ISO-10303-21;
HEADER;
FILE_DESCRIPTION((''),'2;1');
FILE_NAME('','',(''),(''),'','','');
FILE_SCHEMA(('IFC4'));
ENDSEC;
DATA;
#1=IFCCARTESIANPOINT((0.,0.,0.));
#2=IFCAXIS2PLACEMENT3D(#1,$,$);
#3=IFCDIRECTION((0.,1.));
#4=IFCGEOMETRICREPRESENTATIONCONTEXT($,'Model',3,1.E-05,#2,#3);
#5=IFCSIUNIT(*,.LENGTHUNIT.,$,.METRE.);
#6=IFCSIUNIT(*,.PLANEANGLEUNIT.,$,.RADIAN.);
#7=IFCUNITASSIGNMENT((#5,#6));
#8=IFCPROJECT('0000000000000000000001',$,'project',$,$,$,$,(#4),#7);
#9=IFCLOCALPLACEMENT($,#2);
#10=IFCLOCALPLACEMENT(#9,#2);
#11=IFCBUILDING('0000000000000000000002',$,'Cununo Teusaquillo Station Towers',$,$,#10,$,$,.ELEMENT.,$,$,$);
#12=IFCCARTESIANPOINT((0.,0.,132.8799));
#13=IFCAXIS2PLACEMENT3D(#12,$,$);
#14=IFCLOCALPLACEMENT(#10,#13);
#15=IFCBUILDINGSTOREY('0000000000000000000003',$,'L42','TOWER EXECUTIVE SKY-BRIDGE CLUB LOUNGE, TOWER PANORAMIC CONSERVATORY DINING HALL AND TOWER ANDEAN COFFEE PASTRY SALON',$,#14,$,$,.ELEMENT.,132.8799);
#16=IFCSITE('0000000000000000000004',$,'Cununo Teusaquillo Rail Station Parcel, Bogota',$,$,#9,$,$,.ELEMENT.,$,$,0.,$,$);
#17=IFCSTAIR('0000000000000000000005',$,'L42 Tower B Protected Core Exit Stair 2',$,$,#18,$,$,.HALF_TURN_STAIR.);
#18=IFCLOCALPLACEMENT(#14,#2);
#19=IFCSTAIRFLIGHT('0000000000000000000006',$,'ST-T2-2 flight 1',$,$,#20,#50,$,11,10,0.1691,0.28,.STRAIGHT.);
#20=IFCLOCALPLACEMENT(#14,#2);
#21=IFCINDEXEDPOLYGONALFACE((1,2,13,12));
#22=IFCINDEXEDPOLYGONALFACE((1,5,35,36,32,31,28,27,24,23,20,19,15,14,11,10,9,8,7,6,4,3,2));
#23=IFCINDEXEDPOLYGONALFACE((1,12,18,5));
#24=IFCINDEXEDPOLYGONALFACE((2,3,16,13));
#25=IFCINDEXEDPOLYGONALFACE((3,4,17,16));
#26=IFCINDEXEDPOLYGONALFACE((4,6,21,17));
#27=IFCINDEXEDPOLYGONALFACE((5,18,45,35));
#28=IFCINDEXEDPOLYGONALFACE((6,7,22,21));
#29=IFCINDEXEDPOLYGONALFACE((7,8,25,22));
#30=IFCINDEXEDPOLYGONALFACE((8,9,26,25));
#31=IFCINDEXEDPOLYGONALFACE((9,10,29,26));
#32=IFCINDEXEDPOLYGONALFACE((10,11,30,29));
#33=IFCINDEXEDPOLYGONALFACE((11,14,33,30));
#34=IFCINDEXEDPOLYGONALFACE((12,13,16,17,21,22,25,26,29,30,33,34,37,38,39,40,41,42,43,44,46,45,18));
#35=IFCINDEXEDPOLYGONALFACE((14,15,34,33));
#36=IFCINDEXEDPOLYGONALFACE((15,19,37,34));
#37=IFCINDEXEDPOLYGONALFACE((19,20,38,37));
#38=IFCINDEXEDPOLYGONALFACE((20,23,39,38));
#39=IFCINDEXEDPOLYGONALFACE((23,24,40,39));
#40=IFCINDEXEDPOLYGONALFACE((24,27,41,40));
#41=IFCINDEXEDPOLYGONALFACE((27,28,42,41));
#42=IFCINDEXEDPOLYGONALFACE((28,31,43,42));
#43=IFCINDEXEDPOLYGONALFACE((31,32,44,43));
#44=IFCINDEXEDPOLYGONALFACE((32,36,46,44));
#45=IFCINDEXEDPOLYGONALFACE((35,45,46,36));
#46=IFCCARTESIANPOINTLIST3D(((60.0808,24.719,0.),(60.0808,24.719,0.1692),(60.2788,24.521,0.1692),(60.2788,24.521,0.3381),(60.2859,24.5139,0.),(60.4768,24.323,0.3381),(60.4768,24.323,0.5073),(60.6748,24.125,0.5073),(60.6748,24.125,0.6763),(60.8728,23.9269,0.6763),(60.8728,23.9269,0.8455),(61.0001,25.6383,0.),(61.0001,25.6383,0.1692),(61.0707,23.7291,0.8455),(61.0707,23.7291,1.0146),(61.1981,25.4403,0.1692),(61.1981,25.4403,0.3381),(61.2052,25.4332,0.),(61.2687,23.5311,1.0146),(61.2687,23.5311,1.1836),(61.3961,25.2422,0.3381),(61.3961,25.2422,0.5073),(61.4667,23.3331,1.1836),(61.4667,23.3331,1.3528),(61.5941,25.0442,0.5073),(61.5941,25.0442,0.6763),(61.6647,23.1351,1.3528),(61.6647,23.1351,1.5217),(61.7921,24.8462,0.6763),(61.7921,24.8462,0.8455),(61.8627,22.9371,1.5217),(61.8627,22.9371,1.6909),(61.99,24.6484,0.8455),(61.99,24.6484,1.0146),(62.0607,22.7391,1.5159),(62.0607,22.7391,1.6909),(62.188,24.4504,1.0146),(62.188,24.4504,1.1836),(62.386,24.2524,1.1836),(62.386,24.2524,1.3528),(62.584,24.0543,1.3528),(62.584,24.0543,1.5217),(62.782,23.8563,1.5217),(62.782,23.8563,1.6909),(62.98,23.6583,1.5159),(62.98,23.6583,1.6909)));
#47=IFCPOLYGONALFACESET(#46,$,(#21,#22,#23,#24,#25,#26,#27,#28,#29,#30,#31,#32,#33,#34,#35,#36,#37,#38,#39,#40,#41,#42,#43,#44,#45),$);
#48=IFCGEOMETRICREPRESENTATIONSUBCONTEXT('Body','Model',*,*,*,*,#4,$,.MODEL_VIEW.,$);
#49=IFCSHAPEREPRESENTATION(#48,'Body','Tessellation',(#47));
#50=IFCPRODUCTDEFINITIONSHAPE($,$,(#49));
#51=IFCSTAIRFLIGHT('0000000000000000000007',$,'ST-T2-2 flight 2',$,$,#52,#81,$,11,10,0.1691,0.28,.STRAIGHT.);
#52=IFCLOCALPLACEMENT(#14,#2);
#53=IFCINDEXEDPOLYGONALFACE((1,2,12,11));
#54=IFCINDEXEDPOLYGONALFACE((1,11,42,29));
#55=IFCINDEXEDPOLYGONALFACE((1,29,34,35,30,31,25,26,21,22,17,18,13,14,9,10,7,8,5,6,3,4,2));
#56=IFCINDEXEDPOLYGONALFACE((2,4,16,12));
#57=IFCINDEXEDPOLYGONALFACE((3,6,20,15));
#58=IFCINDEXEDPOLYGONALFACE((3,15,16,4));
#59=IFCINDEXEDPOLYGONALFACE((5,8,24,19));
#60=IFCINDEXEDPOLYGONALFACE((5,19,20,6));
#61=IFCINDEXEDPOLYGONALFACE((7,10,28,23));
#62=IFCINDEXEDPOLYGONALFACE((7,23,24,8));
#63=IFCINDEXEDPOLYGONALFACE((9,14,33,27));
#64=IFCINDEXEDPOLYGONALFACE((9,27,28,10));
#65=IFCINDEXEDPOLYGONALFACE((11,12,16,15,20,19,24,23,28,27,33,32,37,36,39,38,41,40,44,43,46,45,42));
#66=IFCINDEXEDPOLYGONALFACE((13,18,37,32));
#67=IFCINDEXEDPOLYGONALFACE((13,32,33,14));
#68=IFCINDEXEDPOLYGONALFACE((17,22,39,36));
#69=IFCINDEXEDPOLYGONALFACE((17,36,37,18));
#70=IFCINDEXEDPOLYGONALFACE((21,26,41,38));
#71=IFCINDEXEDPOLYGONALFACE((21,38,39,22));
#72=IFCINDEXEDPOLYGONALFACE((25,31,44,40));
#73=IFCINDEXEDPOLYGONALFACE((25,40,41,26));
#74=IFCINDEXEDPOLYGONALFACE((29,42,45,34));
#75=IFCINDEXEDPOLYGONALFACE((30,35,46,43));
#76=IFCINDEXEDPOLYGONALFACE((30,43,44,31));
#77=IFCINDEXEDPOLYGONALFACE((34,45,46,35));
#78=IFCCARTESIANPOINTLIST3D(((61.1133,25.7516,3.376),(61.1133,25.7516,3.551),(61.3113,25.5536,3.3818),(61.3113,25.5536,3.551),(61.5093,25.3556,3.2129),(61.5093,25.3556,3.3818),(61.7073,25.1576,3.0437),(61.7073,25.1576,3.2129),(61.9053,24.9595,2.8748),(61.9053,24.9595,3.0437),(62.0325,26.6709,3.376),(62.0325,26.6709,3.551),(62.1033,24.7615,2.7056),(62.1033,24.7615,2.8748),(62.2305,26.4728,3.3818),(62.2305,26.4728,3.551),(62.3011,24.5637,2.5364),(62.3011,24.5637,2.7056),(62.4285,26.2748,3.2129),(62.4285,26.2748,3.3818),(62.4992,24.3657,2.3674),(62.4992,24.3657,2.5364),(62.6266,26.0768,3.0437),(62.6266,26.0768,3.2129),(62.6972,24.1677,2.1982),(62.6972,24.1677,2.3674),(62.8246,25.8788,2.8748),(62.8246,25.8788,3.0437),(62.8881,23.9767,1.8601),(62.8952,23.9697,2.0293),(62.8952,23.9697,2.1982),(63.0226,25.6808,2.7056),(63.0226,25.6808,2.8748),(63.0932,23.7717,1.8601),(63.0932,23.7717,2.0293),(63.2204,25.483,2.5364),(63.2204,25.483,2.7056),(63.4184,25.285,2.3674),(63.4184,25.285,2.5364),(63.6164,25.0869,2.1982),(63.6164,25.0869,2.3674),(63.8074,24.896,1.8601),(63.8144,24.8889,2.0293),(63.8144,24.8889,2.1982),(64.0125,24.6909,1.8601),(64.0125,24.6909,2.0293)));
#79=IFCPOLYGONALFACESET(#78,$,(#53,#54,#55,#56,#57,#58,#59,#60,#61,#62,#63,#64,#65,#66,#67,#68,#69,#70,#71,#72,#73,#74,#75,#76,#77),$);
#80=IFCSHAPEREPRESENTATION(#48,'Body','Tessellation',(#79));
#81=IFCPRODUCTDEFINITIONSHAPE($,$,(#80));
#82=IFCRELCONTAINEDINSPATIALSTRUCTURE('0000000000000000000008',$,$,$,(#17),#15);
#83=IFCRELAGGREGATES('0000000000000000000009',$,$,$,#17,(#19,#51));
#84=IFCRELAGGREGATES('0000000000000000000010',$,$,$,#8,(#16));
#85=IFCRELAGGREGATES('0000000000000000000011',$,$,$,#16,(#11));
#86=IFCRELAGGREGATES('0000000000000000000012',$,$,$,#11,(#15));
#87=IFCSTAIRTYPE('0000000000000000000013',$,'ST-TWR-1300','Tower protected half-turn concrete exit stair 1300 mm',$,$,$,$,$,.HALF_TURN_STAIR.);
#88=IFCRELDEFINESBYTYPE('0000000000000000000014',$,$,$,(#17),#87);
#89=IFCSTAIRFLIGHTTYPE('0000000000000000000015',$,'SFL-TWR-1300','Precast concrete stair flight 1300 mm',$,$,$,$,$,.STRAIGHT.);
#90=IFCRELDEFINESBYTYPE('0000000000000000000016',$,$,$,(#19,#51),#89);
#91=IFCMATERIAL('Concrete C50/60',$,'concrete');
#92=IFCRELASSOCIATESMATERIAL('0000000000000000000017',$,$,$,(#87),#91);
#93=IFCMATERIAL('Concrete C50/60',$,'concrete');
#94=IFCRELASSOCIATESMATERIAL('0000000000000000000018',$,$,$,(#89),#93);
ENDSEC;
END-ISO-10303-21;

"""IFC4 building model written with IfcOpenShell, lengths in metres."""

from ifc_helpers import new_model, si_unit, direction, frame, origin, place, context, subcontext, project, spatial, polyline, outline, extrude, material, type_object, element, aggregate, save


model = new_model("IFC4")

# Units and contexts
model_context = context("Model", 3, precision=1e-05, world=origin(), true_north=direction((0.0, 1.0)))
body_context = subcontext(model_context, "Body", "Model", "MODEL_VIEW")
ifc_project = project(units=[si_unit("LENGTHUNIT", "METRE"), si_unit("PLANEANGLEUNIT", "RADIAN")], contexts=[model_context])

# Site, building, storey
site_placement = place(None, origin())
site = spatial("IfcSite", under=ifc_project, at=site_placement, Name="Cununo Teusaquillo Rail Station Parcel, Bogota", CompositionType="ELEMENT", RefElevation=0.0)
building_placement = place(site_placement, origin())
building = spatial("IfcBuilding", under=site, at=building_placement, Name="Cununo Teusaquillo Station Towers", CompositionType="ELEMENT")
storey_placement = place(building_placement, frame((0.0, 0.0, 132.8799)))
storey = spatial("IfcBuildingStorey", under=building, at=storey_placement, Name="L42", Description="TOWER EXECUTIVE SKY-BRIDGE CLUB LOUNGE, TOWER PANORAMIC CONSERVATORY DINING HALL AND TOWER ANDEAN COFFEE PASTRY SALON", CompositionType="ELEMENT", Elevation=132.8799)

# Stair, stair flights
ifc_material_1 = material(Name="Concrete C50/60", Category="concrete")
stair_type = type_object("IfcStairType", Name="ST-TWR-1300", Description="Tower protected half-turn concrete exit stair 1300 mm", PredefinedType="HALF_TURN_STAIR", material=ifc_material_1)
stair_placement = place(storey_placement, origin())
stair = element("IfcStair", 1, at=stair_placement, inside=storey, type_object=stair_type, Name="L42 Tower B Protected Core Exit Stair 2", PredefinedType="HALF_TURN_STAIR")
ifc_material_2 = material(Name="Concrete C50/60", Category="concrete")
stair_flight_type = type_object("IfcStairFlightType", Name="SFL-TWR-1300", Description="Precast concrete stair flight 1300 mm", PredefinedType="STRAIGHT", material=ifc_material_2)
stair_flight_1_placement = place(storey_placement, frame((60.5405, 25.1787, 0.0), z_axis=(0.0, 0.0, 1.0), x_axis=(0.707107, -0.707107, 0.0)))
stair_flight_1 = element("IfcStairFlight", 2, at=stair_flight_1_placement, type_object=stair_flight_type, Name="ST-T2-2 flight 1", NumberOfRisers=11, NumberOfTreads=10, PredefinedType="STRAIGHT", RiserHeight=0.1691, TreadLength=0.28, context=body_context, shape_type="SweptSolid", body=[
    extrude(outline(polyline([(0.0, 0.0), (0.0, 0.1692), (0.28, 0.1692), (0.28, 0.3381), (0.5601, 0.3381), (0.5601, 0.5073), (0.8401, 0.5073), (0.8401, 0.6763), (1.1201, 0.6763), (1.1201, 0.8455), (1.3999, 0.8455), (1.3999, 1.0146), (1.6799, 1.0146), (1.6799, 1.1836), (1.96, 1.1836), (1.96, 1.3528), (2.24, 1.3528), (2.24, 1.5217), (2.52, 1.5217), (2.52, 1.6909), (2.8, 1.6909), (2.8, 1.8601), (2.8, 1.5159), (0.29, 0.0), (0.0, 0.0)])), frame((0.0, 0.6499, 0.0), z_axis=(0.0, -1.0, 0.0), x_axis=(1.0, 0.0, 0.0)), (0.0, 0.0, 1.0), 1.3),
])
stair_flight_2_placement = place(storey_placement, frame((63.5527, 24.2312, 1.8601), z_axis=(0.0, 0.0, 1.0), x_axis=(-0.707107, 0.707107, 0.0)))
stair_flight_2 = element("IfcStairFlight", 3, at=stair_flight_2_placement, type_object=stair_flight_type, Name="ST-T2-2 flight 2", NumberOfRisers=11, NumberOfTreads=10, PredefinedType="STRAIGHT", RiserHeight=0.1691, TreadLength=0.28, context=body_context, shape_type="SweptSolid", body=[
    extrude(outline(polyline([(0.0, 0.0), (0.0, 0.1692), (0.28, 0.1692), (0.28, 0.3381), (0.5601, 0.3381), (0.5601, 0.5073), (0.8401, 0.5073), (0.8401, 0.6763), (1.1201, 0.6763), (1.1201, 0.8455), (1.3999, 0.8455), (1.3999, 1.0146), (1.6799, 1.0146), (1.6799, 1.1836), (1.96, 1.1836), (1.96, 1.3528), (2.24, 1.3528), (2.24, 1.5217), (2.52, 1.5217), (2.52, 1.6909), (2.8, 1.6909), (2.8, 1.8601), (2.8, 1.5159), (0.29, 0.0), (0.0, 0.0)])), frame((0.0, 0.6499, 0.0), z_axis=(0.0, -1.0, 0.0), x_axis=(1.0, 0.0, 0.0)), (0.0, 0.0, 1.0), 1.3),
])
aggregate(stair, [stair_flight_1, stair_flight_2])

save(model, "model.ifc")
